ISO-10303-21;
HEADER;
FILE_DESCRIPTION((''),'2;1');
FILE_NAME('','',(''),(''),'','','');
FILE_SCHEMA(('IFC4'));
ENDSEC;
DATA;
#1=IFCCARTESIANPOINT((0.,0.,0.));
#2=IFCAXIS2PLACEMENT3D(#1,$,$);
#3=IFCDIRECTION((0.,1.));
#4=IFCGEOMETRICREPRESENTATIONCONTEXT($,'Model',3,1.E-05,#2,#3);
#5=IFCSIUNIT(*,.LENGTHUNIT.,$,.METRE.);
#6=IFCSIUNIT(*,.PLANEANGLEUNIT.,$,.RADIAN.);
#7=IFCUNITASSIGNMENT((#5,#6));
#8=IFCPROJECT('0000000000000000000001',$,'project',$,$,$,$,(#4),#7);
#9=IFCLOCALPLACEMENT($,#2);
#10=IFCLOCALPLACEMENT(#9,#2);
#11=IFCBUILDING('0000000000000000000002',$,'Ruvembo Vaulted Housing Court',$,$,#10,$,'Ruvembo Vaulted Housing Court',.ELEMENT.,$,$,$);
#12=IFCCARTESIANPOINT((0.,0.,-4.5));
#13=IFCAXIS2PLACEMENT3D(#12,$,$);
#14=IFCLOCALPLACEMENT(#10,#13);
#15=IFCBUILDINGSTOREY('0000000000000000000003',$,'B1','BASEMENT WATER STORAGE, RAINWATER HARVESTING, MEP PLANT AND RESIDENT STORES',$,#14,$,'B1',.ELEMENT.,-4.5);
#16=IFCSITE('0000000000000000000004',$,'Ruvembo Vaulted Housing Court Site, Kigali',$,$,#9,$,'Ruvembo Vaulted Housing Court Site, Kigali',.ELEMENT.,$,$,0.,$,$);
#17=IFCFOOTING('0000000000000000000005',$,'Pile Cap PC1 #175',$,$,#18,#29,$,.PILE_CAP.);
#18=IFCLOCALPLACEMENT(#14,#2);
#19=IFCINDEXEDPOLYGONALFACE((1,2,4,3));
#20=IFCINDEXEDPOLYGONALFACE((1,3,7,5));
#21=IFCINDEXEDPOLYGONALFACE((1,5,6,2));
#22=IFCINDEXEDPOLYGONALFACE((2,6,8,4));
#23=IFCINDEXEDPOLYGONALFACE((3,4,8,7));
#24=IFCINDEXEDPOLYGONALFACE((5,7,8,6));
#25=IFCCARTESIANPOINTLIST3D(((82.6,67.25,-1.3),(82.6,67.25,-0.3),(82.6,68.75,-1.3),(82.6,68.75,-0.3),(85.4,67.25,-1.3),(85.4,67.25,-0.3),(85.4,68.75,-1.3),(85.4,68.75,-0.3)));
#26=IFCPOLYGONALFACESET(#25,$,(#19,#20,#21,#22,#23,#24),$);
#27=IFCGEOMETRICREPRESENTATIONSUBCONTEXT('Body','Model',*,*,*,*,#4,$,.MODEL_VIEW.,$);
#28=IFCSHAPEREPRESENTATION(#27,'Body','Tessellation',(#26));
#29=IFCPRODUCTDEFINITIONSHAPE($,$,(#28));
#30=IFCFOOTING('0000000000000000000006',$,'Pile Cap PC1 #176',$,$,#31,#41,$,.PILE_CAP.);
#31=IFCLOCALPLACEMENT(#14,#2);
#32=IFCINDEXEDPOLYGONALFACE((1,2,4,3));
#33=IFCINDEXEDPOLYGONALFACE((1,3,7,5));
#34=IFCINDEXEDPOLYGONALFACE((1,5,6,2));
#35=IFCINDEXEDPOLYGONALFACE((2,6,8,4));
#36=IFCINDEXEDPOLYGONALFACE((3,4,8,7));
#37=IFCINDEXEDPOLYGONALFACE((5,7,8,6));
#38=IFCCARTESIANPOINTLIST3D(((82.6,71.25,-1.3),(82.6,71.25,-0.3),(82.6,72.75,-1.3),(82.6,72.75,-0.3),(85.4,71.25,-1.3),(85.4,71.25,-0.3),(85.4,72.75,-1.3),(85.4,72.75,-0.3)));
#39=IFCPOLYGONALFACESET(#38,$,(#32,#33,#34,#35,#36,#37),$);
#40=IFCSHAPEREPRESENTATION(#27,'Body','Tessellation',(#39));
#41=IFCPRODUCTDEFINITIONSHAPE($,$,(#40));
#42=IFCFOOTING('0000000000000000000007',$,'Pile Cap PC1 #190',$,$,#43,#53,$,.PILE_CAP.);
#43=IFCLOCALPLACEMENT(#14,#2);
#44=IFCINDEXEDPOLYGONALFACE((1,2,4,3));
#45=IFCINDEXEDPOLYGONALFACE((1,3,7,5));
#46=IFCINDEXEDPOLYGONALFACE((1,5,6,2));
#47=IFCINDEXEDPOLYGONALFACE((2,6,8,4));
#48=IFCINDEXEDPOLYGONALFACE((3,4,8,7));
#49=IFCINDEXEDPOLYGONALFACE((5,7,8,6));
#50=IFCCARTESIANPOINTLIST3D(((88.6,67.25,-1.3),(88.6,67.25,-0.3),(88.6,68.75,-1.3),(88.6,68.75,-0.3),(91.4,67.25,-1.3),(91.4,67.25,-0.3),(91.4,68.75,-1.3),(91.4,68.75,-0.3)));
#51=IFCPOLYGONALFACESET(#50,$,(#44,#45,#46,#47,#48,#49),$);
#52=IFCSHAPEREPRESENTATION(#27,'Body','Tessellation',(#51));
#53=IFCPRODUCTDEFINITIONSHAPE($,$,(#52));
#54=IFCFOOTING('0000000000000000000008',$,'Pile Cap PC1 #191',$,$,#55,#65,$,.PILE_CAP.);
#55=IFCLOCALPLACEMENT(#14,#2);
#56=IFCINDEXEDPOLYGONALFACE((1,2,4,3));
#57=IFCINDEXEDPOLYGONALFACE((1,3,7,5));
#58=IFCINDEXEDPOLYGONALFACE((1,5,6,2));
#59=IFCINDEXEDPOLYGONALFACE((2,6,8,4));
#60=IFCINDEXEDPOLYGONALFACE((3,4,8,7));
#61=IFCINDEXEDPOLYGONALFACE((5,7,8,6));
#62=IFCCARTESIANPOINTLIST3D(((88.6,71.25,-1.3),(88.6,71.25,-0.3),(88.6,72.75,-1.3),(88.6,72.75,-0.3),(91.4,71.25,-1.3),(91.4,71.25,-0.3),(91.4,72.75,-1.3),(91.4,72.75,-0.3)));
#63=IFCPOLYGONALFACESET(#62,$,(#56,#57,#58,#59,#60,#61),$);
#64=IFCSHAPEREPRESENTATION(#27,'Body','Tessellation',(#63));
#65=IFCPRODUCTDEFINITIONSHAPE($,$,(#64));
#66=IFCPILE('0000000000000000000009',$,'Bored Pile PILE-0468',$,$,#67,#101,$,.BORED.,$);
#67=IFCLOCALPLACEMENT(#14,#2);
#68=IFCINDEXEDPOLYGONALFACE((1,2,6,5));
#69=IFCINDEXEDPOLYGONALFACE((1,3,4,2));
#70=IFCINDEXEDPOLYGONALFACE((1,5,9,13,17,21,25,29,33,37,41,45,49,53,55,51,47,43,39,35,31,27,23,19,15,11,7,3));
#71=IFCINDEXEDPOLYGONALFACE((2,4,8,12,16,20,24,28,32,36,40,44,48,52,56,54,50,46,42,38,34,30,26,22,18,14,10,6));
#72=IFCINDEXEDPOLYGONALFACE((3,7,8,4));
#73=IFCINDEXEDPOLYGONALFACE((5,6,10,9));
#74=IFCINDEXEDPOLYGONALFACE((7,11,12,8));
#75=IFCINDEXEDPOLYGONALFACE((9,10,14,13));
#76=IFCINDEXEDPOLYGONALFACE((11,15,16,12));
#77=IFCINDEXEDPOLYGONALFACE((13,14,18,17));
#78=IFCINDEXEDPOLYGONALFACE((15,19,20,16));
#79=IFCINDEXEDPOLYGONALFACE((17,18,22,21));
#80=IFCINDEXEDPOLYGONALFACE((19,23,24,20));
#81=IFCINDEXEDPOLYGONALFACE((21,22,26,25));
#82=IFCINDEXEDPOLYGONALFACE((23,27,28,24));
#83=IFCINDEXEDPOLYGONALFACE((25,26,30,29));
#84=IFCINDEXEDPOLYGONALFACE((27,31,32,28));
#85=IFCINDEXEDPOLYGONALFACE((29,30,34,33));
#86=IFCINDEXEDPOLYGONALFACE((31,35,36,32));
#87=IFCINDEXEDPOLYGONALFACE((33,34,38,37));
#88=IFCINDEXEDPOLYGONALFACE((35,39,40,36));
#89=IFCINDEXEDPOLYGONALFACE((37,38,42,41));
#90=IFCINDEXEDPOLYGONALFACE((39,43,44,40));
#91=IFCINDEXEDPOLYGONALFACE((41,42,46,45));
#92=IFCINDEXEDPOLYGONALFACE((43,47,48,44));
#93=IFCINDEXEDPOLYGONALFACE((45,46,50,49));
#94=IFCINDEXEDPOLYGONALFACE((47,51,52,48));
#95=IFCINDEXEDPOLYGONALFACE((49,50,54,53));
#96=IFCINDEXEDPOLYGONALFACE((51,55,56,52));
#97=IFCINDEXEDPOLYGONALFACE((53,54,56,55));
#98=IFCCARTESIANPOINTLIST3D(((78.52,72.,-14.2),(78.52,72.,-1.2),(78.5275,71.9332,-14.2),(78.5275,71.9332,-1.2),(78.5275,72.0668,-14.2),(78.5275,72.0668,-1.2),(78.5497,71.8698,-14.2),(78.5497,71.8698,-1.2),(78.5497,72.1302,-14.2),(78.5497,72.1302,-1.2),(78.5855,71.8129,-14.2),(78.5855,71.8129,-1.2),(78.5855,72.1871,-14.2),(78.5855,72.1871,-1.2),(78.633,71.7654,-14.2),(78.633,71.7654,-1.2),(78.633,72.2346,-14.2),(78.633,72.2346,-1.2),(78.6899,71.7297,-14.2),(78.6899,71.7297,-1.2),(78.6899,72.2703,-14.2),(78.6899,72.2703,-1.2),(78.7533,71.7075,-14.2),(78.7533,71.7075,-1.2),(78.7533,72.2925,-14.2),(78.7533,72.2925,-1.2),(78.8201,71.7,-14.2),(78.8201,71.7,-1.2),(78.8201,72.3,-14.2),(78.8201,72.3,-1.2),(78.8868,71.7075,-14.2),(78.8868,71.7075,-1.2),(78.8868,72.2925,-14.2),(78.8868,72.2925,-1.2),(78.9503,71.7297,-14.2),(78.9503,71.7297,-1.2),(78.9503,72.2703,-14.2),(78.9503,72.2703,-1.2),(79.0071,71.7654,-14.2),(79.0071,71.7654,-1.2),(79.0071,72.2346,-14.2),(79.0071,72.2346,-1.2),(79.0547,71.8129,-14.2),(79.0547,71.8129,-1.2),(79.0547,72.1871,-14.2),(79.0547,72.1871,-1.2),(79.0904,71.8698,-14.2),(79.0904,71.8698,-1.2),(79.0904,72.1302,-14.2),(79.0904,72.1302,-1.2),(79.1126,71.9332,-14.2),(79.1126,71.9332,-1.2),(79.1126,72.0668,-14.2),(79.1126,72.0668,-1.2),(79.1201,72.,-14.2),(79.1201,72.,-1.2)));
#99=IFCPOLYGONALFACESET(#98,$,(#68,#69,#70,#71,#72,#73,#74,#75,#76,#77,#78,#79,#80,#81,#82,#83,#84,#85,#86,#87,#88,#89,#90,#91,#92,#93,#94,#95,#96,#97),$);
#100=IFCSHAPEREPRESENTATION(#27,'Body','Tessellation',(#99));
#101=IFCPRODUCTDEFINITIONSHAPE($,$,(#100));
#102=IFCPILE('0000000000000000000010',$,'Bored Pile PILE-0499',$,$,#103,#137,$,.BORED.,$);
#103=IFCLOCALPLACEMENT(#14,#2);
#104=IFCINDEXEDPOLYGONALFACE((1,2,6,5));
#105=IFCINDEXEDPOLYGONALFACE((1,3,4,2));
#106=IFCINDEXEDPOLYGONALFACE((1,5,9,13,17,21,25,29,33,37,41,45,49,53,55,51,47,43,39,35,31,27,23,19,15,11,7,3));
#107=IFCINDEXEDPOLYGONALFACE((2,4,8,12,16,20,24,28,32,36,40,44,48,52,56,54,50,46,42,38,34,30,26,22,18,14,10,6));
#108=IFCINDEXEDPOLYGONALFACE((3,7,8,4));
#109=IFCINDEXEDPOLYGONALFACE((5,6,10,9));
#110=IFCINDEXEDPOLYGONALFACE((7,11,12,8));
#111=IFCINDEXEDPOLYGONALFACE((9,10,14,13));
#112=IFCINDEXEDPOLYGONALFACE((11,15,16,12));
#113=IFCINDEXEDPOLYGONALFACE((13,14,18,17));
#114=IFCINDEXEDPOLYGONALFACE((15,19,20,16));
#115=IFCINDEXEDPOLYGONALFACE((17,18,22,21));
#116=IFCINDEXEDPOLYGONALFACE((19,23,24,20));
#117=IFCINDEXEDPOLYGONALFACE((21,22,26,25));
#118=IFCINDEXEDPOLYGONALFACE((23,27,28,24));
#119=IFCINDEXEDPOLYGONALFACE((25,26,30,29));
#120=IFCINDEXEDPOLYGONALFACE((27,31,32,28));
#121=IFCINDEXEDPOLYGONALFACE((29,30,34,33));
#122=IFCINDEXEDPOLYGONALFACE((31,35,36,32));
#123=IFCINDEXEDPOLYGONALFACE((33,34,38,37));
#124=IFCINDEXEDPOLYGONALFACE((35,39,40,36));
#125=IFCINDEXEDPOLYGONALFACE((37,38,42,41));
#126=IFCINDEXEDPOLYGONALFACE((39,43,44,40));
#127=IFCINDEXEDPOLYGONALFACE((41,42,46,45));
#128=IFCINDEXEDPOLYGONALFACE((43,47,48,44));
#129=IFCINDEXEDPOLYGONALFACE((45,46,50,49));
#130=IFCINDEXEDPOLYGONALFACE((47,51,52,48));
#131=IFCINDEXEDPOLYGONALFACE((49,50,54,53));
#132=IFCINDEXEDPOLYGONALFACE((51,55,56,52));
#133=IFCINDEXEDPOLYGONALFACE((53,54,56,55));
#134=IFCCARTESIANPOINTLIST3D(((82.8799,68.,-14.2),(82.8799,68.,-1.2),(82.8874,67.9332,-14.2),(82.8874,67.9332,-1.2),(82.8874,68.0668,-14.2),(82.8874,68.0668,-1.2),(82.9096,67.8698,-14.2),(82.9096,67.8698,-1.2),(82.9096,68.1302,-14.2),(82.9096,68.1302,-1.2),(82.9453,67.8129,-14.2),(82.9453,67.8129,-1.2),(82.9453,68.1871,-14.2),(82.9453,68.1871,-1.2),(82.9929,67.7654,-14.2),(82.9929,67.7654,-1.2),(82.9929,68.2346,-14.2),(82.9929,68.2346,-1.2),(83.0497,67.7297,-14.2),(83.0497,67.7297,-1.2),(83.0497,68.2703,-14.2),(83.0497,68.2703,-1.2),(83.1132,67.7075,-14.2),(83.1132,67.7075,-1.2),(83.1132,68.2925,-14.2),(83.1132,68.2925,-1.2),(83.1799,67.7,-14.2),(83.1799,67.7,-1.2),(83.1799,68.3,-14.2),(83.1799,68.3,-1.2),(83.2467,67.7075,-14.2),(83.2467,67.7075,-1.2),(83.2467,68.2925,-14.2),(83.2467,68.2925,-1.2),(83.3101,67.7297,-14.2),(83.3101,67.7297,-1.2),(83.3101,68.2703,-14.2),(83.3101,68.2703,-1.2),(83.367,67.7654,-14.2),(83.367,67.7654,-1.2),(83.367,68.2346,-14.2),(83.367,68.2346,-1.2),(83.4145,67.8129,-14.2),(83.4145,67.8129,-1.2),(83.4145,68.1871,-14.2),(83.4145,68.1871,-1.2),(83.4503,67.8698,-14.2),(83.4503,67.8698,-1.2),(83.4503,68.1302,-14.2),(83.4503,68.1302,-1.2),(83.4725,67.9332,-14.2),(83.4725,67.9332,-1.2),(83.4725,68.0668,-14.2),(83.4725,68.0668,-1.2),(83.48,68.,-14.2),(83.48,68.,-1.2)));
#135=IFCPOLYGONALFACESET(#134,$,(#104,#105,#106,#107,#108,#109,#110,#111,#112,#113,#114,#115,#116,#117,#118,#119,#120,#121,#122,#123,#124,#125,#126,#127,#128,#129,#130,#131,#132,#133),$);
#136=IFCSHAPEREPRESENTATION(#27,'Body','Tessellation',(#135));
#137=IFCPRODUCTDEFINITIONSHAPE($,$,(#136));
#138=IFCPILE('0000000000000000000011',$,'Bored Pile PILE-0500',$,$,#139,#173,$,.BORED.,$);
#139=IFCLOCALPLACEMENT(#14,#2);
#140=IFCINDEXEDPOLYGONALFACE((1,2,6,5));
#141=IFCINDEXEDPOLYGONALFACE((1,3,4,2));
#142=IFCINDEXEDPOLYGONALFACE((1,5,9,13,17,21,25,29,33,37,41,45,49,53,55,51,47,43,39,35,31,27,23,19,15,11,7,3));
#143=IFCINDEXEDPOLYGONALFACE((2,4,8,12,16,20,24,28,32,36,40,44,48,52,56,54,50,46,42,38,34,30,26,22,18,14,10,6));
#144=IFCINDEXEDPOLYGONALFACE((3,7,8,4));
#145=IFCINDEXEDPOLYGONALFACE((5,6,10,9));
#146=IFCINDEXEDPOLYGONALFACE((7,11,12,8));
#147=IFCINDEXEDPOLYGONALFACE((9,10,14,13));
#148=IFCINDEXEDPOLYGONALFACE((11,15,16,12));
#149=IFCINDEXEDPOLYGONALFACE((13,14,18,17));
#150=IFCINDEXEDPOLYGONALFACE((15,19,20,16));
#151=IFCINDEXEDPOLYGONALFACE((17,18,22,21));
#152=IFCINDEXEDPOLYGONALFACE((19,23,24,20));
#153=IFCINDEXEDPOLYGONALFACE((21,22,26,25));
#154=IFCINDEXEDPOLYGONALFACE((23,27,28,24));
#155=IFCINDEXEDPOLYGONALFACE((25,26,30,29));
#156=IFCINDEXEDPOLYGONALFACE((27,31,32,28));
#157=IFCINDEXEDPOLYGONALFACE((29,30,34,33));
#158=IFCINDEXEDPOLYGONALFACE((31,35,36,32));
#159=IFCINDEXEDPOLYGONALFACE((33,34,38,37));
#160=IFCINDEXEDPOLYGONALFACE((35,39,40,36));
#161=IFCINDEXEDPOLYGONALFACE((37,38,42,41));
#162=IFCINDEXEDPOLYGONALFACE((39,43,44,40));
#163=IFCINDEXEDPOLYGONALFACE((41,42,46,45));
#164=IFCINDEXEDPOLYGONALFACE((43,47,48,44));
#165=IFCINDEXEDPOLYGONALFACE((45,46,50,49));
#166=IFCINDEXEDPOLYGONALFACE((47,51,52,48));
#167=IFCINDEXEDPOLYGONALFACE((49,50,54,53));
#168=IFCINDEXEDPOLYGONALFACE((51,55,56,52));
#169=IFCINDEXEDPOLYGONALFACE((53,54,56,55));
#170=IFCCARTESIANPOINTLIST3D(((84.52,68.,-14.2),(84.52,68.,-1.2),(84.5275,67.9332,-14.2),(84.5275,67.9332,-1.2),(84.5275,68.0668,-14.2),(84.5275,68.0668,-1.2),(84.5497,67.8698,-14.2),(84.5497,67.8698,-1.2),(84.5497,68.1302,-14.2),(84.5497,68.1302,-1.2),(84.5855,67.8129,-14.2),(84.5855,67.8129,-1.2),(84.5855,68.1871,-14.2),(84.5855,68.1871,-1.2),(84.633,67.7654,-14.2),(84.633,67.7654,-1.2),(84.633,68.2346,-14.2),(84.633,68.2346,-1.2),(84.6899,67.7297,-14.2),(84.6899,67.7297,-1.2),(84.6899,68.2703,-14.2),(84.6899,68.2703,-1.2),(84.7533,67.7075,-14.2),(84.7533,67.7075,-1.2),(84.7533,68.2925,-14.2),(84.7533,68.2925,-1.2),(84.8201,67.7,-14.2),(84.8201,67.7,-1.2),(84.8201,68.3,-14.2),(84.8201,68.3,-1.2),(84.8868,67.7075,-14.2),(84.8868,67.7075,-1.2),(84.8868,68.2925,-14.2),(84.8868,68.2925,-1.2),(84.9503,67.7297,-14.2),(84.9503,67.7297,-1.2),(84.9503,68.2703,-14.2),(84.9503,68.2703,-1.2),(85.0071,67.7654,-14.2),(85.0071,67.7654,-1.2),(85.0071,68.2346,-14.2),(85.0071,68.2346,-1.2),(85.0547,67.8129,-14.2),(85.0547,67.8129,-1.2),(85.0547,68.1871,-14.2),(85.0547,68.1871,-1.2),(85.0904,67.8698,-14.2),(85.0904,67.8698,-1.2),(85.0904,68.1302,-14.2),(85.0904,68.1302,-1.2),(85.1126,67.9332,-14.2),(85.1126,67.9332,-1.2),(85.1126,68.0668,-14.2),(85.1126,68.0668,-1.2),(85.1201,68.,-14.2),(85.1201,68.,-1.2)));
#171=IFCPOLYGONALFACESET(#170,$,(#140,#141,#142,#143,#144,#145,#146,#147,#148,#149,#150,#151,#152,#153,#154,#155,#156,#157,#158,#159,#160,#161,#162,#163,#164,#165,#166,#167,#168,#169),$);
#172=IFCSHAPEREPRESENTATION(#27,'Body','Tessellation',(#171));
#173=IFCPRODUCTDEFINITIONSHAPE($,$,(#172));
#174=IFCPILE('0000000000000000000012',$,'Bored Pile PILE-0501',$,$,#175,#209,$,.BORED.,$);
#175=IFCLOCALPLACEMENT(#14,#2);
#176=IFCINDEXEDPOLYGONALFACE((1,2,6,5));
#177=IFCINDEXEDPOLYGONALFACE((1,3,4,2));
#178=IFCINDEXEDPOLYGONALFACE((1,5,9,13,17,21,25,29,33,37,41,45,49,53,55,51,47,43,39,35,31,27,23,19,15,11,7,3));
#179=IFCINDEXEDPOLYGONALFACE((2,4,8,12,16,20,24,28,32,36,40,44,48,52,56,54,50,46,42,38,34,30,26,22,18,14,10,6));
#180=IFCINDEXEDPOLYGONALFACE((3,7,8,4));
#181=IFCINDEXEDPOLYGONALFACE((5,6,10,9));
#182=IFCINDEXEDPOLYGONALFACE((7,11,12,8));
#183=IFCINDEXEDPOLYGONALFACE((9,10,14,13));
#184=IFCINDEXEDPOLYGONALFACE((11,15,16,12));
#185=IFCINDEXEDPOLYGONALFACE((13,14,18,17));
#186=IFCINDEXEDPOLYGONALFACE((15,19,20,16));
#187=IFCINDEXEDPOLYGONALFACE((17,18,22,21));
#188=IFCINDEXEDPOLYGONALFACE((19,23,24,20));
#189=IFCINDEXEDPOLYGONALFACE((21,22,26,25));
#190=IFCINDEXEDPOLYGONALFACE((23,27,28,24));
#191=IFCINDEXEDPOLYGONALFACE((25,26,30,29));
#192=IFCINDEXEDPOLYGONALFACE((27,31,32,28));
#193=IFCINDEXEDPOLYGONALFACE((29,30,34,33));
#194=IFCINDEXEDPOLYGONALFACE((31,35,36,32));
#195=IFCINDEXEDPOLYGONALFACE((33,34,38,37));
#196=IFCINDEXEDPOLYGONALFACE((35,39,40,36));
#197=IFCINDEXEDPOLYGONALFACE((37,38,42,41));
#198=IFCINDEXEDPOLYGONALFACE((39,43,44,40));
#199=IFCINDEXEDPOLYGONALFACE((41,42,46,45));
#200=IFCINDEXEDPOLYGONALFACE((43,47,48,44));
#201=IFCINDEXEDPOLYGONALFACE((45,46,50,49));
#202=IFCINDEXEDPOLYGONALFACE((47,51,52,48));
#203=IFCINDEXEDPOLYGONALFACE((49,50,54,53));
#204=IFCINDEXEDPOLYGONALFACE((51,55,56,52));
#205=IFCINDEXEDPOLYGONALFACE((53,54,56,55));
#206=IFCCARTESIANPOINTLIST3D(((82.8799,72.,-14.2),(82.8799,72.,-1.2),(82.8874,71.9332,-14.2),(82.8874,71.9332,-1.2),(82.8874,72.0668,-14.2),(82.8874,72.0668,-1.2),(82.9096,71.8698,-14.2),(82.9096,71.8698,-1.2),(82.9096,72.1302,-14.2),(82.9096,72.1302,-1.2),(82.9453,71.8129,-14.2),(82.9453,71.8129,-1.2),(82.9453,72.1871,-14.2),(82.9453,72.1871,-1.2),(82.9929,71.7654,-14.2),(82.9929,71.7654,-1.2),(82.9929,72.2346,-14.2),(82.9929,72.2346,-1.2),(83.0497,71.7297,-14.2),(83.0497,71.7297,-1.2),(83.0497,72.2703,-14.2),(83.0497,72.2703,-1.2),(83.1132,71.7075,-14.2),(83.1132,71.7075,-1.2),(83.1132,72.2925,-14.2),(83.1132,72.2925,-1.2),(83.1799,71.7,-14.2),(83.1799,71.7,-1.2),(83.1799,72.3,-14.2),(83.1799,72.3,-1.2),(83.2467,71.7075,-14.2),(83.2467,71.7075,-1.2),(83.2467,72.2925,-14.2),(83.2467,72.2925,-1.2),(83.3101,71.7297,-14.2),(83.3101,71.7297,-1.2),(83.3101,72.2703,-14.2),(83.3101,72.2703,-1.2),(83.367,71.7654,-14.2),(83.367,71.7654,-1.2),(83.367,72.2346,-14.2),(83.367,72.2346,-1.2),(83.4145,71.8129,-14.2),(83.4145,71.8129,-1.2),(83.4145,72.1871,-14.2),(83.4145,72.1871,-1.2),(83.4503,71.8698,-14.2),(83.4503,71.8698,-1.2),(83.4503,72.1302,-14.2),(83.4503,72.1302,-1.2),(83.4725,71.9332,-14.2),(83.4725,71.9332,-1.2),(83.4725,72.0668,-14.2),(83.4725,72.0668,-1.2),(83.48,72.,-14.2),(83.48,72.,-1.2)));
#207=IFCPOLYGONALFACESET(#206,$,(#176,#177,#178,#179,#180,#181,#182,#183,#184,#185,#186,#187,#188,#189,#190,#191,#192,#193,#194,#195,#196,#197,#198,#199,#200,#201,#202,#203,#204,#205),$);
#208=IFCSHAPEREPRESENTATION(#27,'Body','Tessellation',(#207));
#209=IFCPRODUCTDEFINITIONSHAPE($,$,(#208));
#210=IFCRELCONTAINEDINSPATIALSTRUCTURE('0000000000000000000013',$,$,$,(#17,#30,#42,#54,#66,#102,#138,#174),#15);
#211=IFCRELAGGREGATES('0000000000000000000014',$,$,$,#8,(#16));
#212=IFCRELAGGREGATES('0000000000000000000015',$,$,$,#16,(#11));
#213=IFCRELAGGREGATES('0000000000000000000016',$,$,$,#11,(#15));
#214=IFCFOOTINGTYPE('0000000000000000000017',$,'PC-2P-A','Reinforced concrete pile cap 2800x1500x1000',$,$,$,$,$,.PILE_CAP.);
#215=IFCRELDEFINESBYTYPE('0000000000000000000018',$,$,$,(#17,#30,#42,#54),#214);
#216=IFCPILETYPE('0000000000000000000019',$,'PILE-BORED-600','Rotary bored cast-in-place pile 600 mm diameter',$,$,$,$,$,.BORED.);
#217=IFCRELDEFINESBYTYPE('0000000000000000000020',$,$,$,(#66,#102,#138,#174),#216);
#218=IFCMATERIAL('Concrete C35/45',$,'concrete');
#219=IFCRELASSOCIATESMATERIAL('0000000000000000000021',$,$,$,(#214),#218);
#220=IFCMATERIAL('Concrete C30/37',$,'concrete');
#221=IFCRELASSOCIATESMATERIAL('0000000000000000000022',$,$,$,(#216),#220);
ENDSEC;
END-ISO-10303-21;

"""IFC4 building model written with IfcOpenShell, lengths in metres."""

from ifc_helpers import new_model, si_unit, direction, frame, origin, origin_2d, place, context, subcontext, project, spatial, rectangle, circle, extrude, material, material_profile, profile_set, type_object, element, save


model = new_model("IFC4")

# Units and contexts
model_context = context("Model", 3, precision=1e-05, world=origin(), true_north=direction((0.0, 1.0)))
body_context = subcontext(model_context, "Body", "Model", "MODEL_VIEW")
ifc_project = project(units=[si_unit("LENGTHUNIT", "METRE"), si_unit("PLANEANGLEUNIT", "RADIAN")], contexts=[model_context])

# Site, building, storey
site_placement = place(None, origin())
site = spatial("IfcSite", under=ifc_project, at=site_placement, Name="Ruvembo Vaulted Housing Court Site, Kigali", LongName="Ruvembo Vaulted Housing Court Site, Kigali", CompositionType="ELEMENT", RefElevation=0.0)
building_placement = place(site_placement, origin())
building = spatial("IfcBuilding", under=site, at=building_placement, Name="Ruvembo Vaulted Housing Court", LongName="Ruvembo Vaulted Housing Court", CompositionType="ELEMENT")
storey_placement = place(building_placement, frame((0.0, 0.0, -4.5)))
storey = spatial("IfcBuildingStorey", under=building, at=storey_placement, Name="B1", Description="BASEMENT WATER STORAGE, RAINWATER HARVESTING, MEP PLANT AND RESIDENT STORES", LongName="B1", CompositionType="ELEMENT", Elevation=-4.5)

# Footings
ifc_material_1 = material(Name="Concrete C35/45", Category="concrete")
footing_type = type_object("IfcFootingType", Name="PC-2P-A", Description="Reinforced concrete pile cap 2800x1500x1000", PredefinedType="PILE_CAP", material=ifc_material_1)
for number, where, z_axis, x_axis, name in (
    (1, (84.0, 68.0, -1.3), (0.0, 0.0, 1.0), (1.0, 0.0, 0.0), "Pile Cap PC1 #175"),
    (2, (84.0, 72.0, -1.3), (0.0, 0.0, 1.0), (1.0, 0.0, 0.0), "Pile Cap PC1 #176"),
    (3, (90.0, 68.0, -1.3), (0.0, 0.0, 1.0), (1.0, 0.0, 0.0), "Pile Cap PC1 #190"),
    (4, (90.0, 72.0, -1.3), (0.0, 0.0, 1.0), (1.0, 0.0, 0.0), "Pile Cap PC1 #191"),
):
    element("IfcFooting", number, at=place(storey_placement, frame(where, z_axis=z_axis, x_axis=x_axis)), inside=storey, type_object=footing_type, Name=name, PredefinedType="PILE_CAP", context=body_context, shape_type="SweptSolid", body=[
        extrude(rectangle(XDim=2.8, YDim=1.5, at=origin_2d()), origin(), (0.0, 0.0, 1.0), 1.0),
    ])

# Piles
ifc_material_2 = material(Name="Concrete C30/37", Category="concrete")
ifc_material_profile_1 = material_profile(ifc_material_2, circle(Radius=0.3, at=origin_2d()), Name="PILE D600")
ifc_profile_set_1 = profile_set([ifc_material_profile_1], Name="Concrete C30/37")
pile_type = type_object("IfcPileType", Name="PILE-BORED-600", Description="Rotary bored cast-in-place pile 600 mm diameter", PredefinedType="BORED", material=ifc_profile_set_1)
for number, where, z_axis, x_axis, name in (
    (5, (78.8201, 72.0, -1.2), (0.0, 0.0, -1.0), (1.0, 0.0, 0.0), "Bored Pile PILE-0468"),
    (6, (83.1799, 68.0, -1.2), (0.0, 0.0, -1.0), (1.0, 0.0, 0.0), "Bored Pile PILE-0499"),
    (7, (84.8201, 68.0, -1.2), (0.0, 0.0, -1.0), (1.0, 0.0, 0.0), "Bored Pile PILE-0500"),
    (8, (83.1799, 72.0, -1.2), (0.0, 0.0, -1.0), (1.0, 0.0, 0.0), "Bored Pile PILE-0501"),
):
    element("IfcPile", number, at=place(storey_placement, frame(where, z_axis=z_axis, x_axis=x_axis)), inside=storey, type_object=pile_type, Name=name, PredefinedType="BORED", context=body_context, shape_type="SweptSolid", body=[
        extrude(circle(Radius=0.3, at=origin_2d()), origin(), (0.0, 0.0, 1.0), 13.0),
    ])

save(model, "model.ifc")
